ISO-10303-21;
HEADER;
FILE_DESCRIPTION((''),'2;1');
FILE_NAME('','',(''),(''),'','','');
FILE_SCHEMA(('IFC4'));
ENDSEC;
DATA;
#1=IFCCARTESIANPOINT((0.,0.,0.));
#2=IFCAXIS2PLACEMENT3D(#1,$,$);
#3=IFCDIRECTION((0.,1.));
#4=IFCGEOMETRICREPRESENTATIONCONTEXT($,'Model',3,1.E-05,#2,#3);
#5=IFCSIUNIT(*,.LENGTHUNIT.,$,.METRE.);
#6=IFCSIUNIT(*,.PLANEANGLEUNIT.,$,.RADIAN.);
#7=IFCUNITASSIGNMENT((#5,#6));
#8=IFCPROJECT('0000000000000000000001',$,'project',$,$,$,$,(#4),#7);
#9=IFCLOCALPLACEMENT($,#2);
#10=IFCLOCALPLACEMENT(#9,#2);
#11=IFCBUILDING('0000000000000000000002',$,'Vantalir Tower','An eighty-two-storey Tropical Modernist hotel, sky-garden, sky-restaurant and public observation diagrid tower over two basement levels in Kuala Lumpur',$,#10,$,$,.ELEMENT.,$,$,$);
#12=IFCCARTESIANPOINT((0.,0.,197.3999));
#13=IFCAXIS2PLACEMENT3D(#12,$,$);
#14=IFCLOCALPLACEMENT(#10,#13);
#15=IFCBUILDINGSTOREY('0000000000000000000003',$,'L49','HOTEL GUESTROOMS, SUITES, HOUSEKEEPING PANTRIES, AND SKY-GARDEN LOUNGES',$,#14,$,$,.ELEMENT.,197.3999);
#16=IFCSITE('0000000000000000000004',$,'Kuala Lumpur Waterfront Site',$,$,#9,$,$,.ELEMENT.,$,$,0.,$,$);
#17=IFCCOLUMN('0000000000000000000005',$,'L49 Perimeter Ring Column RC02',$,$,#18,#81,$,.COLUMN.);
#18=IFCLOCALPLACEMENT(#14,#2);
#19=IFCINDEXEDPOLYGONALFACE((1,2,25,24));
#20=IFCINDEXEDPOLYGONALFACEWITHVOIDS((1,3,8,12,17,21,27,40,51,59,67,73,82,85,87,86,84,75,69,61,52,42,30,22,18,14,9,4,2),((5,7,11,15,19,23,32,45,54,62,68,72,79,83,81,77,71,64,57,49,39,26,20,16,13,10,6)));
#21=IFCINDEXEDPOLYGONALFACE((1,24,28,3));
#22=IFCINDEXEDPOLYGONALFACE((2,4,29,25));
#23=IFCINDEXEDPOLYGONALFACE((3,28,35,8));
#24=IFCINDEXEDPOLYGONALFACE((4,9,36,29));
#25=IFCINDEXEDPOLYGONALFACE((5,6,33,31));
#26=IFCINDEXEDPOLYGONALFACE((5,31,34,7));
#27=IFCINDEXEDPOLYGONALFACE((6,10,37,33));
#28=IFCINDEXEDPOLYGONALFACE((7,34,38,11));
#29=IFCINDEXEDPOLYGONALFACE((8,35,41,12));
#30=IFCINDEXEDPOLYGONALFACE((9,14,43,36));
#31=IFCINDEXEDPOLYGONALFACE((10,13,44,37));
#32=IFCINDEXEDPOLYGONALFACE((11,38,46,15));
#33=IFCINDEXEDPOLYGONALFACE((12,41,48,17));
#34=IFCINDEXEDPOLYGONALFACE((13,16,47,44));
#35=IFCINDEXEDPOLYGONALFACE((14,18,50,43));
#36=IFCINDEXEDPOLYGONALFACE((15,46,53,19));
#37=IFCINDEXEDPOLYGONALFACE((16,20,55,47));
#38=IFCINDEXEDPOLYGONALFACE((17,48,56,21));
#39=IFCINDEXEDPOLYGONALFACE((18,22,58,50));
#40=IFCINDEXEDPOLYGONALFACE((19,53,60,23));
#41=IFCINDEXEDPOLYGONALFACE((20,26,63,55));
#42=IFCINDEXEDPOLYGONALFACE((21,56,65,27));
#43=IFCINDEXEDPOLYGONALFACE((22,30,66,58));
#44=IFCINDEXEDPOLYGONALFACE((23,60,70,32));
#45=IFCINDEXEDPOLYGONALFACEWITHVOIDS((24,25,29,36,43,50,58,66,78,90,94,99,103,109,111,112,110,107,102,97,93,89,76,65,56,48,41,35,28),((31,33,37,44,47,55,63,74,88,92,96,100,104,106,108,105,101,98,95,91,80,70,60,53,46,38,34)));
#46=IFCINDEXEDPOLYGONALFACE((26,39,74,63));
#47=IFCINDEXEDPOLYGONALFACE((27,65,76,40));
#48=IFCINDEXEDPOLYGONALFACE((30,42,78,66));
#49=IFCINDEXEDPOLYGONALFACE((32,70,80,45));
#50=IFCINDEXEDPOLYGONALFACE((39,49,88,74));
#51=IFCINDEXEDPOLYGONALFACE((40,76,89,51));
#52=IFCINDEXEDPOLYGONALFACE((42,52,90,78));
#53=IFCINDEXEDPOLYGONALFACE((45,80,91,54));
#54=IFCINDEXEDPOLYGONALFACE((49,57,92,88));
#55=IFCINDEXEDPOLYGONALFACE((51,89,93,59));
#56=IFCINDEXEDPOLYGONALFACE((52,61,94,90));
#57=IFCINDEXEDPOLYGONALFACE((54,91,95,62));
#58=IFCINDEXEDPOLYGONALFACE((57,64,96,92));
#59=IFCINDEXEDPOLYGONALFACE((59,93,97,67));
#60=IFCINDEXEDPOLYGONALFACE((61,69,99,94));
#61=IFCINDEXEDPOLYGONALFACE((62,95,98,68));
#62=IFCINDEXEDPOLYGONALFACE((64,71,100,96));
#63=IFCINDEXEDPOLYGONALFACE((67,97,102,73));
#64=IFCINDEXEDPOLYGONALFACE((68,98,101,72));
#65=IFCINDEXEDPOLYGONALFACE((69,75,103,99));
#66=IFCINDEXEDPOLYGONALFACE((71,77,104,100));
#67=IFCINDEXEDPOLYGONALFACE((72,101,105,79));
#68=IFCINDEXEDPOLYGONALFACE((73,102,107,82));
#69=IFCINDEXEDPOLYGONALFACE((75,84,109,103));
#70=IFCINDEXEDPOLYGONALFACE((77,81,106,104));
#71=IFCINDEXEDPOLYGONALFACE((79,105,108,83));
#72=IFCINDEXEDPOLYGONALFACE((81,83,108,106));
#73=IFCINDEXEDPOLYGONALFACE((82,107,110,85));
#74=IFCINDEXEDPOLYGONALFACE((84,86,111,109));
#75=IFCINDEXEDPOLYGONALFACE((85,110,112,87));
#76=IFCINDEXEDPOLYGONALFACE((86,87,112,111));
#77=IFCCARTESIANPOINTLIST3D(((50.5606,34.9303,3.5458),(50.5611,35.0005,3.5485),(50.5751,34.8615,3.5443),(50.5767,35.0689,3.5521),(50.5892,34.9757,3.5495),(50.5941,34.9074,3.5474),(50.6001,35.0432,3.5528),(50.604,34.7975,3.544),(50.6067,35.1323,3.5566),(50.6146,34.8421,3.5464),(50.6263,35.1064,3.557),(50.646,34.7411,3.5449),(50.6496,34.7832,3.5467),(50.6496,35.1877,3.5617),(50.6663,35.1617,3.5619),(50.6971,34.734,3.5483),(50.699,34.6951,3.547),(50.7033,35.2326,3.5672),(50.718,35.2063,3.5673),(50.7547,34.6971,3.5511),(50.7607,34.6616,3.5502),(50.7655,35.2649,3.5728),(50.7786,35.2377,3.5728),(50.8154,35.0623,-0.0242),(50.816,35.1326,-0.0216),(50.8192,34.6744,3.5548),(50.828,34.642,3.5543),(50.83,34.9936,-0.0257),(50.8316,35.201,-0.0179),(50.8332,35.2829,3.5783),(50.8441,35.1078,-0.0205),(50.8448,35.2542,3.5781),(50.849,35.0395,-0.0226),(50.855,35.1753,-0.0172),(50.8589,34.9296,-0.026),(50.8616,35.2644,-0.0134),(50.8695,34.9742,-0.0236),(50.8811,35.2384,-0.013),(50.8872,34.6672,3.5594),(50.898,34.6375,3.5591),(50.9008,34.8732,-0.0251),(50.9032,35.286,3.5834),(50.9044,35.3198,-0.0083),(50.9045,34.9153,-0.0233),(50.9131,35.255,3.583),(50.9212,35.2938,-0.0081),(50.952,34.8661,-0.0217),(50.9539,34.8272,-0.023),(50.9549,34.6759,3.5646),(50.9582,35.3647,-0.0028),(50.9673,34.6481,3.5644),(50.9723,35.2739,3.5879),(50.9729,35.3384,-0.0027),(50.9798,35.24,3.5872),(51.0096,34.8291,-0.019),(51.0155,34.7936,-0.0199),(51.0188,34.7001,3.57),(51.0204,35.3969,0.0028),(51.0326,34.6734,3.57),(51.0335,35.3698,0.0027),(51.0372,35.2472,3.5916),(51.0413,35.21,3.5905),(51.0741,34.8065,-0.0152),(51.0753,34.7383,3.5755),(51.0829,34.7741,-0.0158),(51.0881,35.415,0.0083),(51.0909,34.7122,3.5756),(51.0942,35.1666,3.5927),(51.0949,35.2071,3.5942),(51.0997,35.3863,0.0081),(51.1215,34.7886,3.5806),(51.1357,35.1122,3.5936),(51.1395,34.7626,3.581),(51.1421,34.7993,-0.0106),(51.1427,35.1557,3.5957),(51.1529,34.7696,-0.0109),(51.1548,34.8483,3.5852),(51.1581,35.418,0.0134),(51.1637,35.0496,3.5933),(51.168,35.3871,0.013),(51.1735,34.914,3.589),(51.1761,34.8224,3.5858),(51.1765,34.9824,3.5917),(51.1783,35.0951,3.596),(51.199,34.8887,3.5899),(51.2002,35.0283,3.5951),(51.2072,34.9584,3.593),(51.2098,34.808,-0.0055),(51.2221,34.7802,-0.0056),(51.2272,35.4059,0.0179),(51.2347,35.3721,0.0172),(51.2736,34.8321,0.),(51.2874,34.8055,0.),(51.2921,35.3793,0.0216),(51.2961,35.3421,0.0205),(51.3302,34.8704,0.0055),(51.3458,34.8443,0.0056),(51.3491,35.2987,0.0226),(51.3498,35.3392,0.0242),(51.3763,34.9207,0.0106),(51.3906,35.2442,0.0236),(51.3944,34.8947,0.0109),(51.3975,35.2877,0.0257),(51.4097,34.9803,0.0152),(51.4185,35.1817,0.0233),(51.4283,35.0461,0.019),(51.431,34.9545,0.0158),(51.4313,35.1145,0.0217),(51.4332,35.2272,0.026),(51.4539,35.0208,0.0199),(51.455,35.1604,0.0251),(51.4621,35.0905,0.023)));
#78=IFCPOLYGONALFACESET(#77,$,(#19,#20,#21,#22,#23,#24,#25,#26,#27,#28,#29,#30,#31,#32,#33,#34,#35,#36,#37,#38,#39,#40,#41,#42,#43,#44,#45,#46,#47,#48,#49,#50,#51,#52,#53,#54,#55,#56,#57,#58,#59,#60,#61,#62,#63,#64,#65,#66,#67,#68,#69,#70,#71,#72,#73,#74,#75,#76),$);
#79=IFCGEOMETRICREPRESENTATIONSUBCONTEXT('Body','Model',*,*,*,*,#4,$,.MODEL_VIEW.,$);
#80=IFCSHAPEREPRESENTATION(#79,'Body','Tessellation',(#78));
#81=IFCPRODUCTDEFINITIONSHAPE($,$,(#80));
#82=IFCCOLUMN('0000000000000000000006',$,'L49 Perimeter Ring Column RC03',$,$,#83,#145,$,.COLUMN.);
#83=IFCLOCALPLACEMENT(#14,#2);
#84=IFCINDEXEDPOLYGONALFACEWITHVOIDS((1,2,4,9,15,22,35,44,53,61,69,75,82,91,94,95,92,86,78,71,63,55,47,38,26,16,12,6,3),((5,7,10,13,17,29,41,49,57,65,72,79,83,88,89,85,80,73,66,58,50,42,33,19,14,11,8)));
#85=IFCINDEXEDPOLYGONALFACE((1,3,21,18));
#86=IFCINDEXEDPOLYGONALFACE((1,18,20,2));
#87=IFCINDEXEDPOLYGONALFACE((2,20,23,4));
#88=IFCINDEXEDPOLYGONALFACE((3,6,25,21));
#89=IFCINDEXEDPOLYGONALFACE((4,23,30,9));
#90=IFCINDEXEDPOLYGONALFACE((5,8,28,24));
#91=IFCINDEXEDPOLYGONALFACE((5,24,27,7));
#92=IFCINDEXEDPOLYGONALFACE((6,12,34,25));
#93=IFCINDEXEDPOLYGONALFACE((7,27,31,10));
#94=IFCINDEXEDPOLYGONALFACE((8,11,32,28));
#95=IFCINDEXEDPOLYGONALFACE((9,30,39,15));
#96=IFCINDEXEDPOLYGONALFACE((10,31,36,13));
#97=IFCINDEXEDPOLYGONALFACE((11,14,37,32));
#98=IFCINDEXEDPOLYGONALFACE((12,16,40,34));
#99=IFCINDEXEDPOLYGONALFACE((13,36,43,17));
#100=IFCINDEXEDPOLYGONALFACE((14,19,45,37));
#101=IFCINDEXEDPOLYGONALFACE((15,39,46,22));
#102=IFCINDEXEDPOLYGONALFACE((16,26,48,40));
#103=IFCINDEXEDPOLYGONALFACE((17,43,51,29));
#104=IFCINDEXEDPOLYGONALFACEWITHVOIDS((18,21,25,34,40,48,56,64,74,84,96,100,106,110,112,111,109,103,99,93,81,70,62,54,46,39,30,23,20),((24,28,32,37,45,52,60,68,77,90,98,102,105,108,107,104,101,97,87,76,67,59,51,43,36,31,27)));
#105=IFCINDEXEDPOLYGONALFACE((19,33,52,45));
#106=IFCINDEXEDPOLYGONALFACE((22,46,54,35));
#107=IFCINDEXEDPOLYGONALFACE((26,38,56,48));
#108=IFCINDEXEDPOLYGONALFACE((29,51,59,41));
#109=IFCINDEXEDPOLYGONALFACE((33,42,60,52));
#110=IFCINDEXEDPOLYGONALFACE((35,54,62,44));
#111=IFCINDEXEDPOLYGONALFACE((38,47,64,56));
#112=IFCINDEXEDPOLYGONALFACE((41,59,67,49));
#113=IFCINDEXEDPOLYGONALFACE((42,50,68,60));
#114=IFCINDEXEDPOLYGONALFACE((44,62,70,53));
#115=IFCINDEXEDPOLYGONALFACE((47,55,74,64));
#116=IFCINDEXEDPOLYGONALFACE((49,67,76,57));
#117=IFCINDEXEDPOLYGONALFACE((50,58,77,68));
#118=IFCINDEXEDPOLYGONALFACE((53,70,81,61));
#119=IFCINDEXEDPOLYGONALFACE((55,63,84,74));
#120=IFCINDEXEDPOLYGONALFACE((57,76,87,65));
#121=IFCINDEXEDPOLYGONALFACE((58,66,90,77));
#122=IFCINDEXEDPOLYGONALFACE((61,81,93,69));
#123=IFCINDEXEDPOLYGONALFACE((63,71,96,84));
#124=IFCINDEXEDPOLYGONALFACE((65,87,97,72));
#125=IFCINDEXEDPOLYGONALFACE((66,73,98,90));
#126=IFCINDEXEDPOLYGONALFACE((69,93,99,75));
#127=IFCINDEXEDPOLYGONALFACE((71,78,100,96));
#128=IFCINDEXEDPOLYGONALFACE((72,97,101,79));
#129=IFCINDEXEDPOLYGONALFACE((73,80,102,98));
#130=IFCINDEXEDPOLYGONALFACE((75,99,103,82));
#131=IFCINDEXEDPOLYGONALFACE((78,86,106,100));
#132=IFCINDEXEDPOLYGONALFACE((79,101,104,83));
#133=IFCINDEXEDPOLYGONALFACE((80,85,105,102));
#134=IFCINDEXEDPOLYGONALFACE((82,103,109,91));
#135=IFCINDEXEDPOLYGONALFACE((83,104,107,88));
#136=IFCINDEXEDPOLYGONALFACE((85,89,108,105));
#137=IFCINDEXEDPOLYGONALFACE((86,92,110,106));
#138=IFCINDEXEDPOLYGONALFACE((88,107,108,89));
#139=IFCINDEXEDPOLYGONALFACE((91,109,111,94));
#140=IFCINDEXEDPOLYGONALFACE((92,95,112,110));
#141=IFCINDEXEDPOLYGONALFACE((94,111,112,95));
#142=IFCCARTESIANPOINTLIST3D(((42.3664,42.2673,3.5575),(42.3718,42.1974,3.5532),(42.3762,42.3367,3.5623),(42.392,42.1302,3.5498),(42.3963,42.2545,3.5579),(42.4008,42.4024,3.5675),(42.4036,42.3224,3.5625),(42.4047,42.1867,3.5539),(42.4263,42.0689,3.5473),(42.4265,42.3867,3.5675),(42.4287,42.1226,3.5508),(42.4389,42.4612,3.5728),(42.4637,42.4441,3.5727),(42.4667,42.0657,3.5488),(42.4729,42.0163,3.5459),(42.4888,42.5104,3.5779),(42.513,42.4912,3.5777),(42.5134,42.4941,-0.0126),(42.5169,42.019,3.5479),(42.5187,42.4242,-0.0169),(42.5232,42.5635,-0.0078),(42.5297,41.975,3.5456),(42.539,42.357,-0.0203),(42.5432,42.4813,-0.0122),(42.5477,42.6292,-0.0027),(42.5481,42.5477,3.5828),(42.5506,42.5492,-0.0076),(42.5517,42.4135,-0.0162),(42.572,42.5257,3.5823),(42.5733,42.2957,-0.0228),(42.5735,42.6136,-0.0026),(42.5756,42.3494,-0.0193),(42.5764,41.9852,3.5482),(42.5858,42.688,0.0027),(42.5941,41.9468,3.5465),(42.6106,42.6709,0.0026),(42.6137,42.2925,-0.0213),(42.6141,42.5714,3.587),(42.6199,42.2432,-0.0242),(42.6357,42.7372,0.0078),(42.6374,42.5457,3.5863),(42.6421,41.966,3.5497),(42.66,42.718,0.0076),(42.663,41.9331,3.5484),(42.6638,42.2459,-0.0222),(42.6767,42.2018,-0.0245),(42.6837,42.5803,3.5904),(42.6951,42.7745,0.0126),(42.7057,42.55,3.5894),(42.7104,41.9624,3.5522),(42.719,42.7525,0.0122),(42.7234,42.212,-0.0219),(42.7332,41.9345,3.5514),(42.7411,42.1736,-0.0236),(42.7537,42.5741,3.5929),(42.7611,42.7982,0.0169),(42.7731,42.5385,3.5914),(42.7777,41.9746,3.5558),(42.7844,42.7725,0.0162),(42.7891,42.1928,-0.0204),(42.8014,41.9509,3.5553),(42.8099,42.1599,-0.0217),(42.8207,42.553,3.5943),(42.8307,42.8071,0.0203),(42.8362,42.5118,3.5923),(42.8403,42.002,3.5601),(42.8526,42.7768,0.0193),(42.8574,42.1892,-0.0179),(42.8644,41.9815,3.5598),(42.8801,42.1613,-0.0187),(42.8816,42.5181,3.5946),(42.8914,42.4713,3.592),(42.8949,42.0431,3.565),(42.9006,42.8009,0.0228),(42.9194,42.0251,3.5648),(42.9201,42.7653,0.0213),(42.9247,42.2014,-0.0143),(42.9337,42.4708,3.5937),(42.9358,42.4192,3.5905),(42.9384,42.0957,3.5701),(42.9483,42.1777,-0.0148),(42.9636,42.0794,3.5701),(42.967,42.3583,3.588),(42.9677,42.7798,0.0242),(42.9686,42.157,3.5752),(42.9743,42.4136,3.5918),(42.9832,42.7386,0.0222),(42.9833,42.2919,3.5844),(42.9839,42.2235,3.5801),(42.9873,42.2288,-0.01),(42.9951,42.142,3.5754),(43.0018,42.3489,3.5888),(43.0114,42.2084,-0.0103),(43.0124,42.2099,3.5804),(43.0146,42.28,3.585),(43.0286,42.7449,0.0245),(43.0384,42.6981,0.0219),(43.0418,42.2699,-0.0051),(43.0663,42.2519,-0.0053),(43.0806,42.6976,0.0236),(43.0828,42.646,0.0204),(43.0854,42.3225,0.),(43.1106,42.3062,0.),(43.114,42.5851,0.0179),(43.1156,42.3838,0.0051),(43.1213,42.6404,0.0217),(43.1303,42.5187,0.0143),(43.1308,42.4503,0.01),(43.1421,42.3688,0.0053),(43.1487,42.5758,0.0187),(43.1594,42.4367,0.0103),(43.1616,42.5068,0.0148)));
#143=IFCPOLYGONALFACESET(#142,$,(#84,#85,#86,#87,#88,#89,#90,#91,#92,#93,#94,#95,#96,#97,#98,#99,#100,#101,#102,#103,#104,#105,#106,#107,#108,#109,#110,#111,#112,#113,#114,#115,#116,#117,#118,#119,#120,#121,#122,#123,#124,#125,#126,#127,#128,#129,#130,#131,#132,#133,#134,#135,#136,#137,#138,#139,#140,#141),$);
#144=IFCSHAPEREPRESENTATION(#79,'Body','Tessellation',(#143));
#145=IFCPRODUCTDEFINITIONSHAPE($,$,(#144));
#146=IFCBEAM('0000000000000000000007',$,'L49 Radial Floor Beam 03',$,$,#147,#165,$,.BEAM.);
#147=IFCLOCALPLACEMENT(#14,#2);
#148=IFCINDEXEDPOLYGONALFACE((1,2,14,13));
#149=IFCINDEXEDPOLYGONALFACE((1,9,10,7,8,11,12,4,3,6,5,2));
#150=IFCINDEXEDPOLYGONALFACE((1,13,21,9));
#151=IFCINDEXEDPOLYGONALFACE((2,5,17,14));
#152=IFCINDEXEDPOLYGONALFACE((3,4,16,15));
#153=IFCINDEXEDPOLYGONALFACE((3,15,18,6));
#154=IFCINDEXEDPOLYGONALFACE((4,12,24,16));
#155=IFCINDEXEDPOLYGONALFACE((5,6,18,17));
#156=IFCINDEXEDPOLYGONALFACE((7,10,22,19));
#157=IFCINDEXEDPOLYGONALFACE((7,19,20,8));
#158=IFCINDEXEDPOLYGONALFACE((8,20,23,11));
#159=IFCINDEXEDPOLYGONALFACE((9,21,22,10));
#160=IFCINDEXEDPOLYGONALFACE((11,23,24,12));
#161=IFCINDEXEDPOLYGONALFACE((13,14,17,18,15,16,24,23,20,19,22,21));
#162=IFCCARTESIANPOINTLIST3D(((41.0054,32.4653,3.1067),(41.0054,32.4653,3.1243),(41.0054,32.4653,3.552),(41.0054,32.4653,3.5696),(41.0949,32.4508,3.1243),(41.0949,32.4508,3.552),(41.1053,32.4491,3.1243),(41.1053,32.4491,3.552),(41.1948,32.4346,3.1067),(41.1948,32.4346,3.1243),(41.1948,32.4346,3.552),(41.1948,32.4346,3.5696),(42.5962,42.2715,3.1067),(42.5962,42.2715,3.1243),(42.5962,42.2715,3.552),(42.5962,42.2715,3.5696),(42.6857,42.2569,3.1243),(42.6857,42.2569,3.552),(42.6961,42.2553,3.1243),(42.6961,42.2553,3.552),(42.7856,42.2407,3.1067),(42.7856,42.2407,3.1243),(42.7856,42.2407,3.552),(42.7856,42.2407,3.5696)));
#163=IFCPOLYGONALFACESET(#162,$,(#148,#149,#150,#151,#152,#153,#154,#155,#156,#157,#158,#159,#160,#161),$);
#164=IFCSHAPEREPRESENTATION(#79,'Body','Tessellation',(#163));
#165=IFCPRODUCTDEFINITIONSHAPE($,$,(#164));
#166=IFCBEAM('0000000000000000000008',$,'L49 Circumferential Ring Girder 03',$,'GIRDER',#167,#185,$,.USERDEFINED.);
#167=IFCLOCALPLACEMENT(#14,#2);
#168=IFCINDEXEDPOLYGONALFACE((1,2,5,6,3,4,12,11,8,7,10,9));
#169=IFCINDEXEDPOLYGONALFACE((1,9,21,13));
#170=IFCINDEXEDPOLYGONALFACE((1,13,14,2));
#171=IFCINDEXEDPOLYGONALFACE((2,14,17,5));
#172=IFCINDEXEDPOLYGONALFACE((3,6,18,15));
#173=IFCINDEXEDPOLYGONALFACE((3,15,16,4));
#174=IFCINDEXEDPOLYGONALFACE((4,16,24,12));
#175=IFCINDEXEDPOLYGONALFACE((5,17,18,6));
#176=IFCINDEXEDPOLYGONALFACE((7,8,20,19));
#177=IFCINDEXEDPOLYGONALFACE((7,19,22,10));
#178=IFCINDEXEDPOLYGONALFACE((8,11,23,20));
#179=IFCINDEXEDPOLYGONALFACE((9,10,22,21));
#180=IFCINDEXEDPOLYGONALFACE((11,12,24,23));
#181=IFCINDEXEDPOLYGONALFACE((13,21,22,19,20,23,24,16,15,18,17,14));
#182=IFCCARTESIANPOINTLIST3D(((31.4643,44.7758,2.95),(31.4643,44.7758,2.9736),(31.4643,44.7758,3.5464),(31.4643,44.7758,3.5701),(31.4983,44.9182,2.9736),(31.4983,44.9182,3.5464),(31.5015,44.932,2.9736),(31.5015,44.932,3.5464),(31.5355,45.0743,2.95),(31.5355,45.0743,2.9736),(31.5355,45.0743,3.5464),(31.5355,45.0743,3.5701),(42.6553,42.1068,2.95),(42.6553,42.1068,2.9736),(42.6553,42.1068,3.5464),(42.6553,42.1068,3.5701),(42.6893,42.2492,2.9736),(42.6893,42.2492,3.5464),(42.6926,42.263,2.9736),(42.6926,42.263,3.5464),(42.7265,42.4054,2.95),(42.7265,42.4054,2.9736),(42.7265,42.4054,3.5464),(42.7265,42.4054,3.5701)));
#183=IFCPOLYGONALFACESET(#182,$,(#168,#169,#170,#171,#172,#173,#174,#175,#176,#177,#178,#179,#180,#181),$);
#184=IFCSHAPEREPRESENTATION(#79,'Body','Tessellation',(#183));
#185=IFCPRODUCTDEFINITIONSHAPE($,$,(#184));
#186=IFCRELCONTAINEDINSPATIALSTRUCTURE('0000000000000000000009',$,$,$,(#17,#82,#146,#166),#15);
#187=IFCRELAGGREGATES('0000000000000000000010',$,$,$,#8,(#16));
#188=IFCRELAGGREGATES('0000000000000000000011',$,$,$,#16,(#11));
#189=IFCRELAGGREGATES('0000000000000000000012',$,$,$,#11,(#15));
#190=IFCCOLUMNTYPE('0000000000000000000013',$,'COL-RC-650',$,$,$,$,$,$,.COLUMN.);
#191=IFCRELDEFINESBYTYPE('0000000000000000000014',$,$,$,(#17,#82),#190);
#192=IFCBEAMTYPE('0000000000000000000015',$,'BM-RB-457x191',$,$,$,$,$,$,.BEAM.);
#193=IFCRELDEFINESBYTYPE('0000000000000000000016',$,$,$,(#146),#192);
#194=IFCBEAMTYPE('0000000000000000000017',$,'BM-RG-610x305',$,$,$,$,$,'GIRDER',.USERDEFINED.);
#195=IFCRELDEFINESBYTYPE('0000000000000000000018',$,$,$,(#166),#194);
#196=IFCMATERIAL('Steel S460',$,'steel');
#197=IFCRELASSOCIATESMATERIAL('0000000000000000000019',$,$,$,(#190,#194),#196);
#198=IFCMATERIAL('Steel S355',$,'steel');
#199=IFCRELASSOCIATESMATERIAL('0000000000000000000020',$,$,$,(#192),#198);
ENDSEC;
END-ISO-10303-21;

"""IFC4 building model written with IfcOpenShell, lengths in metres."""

from ifc_helpers import new_model, si_unit, direction, frame, origin, origin_2d, place, context, subcontext, project, spatial, hollow_circle, i_section, extrude, material, material_profile, profile_set, type_object, element, save


model = new_model("IFC4")

# Units and contexts
model_context = context("Model", 3, precision=1e-05, world=origin(), true_north=direction((0.0, 1.0)))
body_context = subcontext(model_context, "Body", "Model", "MODEL_VIEW")
ifc_project = project(units=[si_unit("LENGTHUNIT", "METRE"), si_unit("PLANEANGLEUNIT", "RADIAN")], contexts=[model_context])

# Site, building, storey
site_placement = place(None, origin())
site = spatial("IfcSite", under=ifc_project, at=site_placement, Name="Kuala Lumpur Waterfront Site", CompositionType="ELEMENT", RefElevation=0.0)
building_placement = place(site_placement, origin())
building = spatial("IfcBuilding", under=site, at=building_placement, Name="Vantalir Tower", Description="An eighty-two-storey Tropical Modernist hotel, sky-garden, sky-restaurant and public observation diagrid tower over two basement levels in Kuala Lumpur", CompositionType="ELEMENT")
storey_placement = place(building_placement, frame((0.0, 0.0, 197.3999)))
storey = spatial("IfcBuildingStorey", under=building, at=storey_placement, Name="L49", Description="HOTEL GUESTROOMS, SUITES, HOUSEKEEPING PANTRIES, AND SKY-GARDEN LOUNGES", CompositionType="ELEMENT", Elevation=197.3999)

# Columns
ifc_material_1 = material(Name="Steel S460", Category="steel")
ifc_material_profile_1 = material_profile(ifc_material_1, hollow_circle(Radius=0.325, WallThickness=0.03, at=origin_2d()), Name="Steel S460")
ifc_profile_set_1 = profile_set([ifc_material_profile_1], Name="Steel S460")
column_type = type_object("IfcColumnType", Name="COL-RC-650", PredefinedType="COLUMN", material=ifc_profile_set_1)
column_1_placement = place(storey_placement, frame((51.1379, 35.094, 0.0), z_axis=(-0.071165, -0.036877, 0.996783), x_axis=(0.460094, -0.88787, 0.0)))
element("IfcColumn", 1, at=column_1_placement, inside=storey, type_object=column_type, Name="L49 Perimeter Ring Column RC02", PredefinedType="COLUMN", context=body_context, shape_type="SweptSolid", body=[
    extrude(hollow_circle(Radius=0.325, WallThickness=0.03, at=origin_2d()), origin(), (0.0, 0.0, 1.0), 3.5815),
])
column_2_placement = place(storey_placement, frame((42.8379, 42.4829, 0.0), z_axis=(-0.041051, -0.063349, 0.997147), x_axis=(0.839206, -0.543813, 0.0)))
element("IfcColumn", 2, at=column_2_placement, inside=storey, type_object=column_type, Name="L49 Perimeter Ring Column RC03", PredefinedType="COLUMN", context=body_context, shape_type="SweptSolid", body=[
    extrude(hollow_circle(Radius=0.325, WallThickness=0.03, at=origin_2d()), origin(), (0.0, 0.0, 1.0), 3.5803),
])

# Beams
ifc_material_2 = material(Name="Steel S355", Category="steel")
ifc_material_profile_2 = material_profile(ifc_material_2, i_section(OverallWidth=0.1919, OverallDepth=0.4629, WebThickness=0.0105, FlangeThickness=0.0176, at=origin_2d()), Name="Steel S355")
ifc_profile_set_2 = profile_set([ifc_material_profile_2], Name="Steel S355")
beam_type_1 = type_object("IfcBeamType", Name="BM-RB-457x191", PredefinedType="BEAM", material=ifc_profile_set_2)
beam_1_placement = place(storey_placement, frame((42.6909, 42.2561, 3.3381), z_axis=(-0.160133, -0.987095, 0.0), x_axis=(0.987095, -0.160133, 0.0)))
element("IfcBeam", 3, at=beam_1_placement, inside=storey, type_object=beam_type_1, Name="L49 Radial Floor Beam 03", PredefinedType="BEAM", context=body_context, shape_type="SweptSolid", body=[
    extrude(i_section(OverallWidth=0.1919, OverallDepth=0.4629, WebThickness=0.0105, FlangeThickness=0.0176, at=origin_2d()), origin(), (0.0, 0.0, 1.0), 9.9343),
])
ifc_material_profile_3 = material_profile(ifc_material_1, i_section(OverallWidth=0.3069, OverallDepth=0.6201, WebThickness=0.0142, FlangeThickness=0.0237, at=origin_2d()), Name="Steel S460")
ifc_profile_set_3 = profile_set([ifc_material_profile_3], Name="Steel S460")
beam_type_2 = type_object("IfcBeamType", Name="BM-RG-610x305", ElementType="GIRDER", PredefinedType="USERDEFINED", material=ifc_profile_set_3)
beam_2_placement = place(storey_placement, frame((42.6909, 42.2561, 3.26), z_axis=(-0.972719, 0.231986, 0.0), x_axis=(-0.231986, -0.972719, 0.0)))
element("IfcBeam", 4, at=beam_2_placement, inside=storey, type_object=beam_type_2, Name="L49 Circumferential Ring Girder 03", ObjectType="GIRDER", PredefinedType="USERDEFINED", context=body_context, shape_type="SweptSolid", body=[
    extrude(i_section(OverallWidth=0.3069, OverallDepth=0.6201, WebThickness=0.0142, FlangeThickness=0.0237, at=origin_2d()), origin(), (0.0, 0.0, 1.0), 11.5049),
])

save(model, "model.ifc")
